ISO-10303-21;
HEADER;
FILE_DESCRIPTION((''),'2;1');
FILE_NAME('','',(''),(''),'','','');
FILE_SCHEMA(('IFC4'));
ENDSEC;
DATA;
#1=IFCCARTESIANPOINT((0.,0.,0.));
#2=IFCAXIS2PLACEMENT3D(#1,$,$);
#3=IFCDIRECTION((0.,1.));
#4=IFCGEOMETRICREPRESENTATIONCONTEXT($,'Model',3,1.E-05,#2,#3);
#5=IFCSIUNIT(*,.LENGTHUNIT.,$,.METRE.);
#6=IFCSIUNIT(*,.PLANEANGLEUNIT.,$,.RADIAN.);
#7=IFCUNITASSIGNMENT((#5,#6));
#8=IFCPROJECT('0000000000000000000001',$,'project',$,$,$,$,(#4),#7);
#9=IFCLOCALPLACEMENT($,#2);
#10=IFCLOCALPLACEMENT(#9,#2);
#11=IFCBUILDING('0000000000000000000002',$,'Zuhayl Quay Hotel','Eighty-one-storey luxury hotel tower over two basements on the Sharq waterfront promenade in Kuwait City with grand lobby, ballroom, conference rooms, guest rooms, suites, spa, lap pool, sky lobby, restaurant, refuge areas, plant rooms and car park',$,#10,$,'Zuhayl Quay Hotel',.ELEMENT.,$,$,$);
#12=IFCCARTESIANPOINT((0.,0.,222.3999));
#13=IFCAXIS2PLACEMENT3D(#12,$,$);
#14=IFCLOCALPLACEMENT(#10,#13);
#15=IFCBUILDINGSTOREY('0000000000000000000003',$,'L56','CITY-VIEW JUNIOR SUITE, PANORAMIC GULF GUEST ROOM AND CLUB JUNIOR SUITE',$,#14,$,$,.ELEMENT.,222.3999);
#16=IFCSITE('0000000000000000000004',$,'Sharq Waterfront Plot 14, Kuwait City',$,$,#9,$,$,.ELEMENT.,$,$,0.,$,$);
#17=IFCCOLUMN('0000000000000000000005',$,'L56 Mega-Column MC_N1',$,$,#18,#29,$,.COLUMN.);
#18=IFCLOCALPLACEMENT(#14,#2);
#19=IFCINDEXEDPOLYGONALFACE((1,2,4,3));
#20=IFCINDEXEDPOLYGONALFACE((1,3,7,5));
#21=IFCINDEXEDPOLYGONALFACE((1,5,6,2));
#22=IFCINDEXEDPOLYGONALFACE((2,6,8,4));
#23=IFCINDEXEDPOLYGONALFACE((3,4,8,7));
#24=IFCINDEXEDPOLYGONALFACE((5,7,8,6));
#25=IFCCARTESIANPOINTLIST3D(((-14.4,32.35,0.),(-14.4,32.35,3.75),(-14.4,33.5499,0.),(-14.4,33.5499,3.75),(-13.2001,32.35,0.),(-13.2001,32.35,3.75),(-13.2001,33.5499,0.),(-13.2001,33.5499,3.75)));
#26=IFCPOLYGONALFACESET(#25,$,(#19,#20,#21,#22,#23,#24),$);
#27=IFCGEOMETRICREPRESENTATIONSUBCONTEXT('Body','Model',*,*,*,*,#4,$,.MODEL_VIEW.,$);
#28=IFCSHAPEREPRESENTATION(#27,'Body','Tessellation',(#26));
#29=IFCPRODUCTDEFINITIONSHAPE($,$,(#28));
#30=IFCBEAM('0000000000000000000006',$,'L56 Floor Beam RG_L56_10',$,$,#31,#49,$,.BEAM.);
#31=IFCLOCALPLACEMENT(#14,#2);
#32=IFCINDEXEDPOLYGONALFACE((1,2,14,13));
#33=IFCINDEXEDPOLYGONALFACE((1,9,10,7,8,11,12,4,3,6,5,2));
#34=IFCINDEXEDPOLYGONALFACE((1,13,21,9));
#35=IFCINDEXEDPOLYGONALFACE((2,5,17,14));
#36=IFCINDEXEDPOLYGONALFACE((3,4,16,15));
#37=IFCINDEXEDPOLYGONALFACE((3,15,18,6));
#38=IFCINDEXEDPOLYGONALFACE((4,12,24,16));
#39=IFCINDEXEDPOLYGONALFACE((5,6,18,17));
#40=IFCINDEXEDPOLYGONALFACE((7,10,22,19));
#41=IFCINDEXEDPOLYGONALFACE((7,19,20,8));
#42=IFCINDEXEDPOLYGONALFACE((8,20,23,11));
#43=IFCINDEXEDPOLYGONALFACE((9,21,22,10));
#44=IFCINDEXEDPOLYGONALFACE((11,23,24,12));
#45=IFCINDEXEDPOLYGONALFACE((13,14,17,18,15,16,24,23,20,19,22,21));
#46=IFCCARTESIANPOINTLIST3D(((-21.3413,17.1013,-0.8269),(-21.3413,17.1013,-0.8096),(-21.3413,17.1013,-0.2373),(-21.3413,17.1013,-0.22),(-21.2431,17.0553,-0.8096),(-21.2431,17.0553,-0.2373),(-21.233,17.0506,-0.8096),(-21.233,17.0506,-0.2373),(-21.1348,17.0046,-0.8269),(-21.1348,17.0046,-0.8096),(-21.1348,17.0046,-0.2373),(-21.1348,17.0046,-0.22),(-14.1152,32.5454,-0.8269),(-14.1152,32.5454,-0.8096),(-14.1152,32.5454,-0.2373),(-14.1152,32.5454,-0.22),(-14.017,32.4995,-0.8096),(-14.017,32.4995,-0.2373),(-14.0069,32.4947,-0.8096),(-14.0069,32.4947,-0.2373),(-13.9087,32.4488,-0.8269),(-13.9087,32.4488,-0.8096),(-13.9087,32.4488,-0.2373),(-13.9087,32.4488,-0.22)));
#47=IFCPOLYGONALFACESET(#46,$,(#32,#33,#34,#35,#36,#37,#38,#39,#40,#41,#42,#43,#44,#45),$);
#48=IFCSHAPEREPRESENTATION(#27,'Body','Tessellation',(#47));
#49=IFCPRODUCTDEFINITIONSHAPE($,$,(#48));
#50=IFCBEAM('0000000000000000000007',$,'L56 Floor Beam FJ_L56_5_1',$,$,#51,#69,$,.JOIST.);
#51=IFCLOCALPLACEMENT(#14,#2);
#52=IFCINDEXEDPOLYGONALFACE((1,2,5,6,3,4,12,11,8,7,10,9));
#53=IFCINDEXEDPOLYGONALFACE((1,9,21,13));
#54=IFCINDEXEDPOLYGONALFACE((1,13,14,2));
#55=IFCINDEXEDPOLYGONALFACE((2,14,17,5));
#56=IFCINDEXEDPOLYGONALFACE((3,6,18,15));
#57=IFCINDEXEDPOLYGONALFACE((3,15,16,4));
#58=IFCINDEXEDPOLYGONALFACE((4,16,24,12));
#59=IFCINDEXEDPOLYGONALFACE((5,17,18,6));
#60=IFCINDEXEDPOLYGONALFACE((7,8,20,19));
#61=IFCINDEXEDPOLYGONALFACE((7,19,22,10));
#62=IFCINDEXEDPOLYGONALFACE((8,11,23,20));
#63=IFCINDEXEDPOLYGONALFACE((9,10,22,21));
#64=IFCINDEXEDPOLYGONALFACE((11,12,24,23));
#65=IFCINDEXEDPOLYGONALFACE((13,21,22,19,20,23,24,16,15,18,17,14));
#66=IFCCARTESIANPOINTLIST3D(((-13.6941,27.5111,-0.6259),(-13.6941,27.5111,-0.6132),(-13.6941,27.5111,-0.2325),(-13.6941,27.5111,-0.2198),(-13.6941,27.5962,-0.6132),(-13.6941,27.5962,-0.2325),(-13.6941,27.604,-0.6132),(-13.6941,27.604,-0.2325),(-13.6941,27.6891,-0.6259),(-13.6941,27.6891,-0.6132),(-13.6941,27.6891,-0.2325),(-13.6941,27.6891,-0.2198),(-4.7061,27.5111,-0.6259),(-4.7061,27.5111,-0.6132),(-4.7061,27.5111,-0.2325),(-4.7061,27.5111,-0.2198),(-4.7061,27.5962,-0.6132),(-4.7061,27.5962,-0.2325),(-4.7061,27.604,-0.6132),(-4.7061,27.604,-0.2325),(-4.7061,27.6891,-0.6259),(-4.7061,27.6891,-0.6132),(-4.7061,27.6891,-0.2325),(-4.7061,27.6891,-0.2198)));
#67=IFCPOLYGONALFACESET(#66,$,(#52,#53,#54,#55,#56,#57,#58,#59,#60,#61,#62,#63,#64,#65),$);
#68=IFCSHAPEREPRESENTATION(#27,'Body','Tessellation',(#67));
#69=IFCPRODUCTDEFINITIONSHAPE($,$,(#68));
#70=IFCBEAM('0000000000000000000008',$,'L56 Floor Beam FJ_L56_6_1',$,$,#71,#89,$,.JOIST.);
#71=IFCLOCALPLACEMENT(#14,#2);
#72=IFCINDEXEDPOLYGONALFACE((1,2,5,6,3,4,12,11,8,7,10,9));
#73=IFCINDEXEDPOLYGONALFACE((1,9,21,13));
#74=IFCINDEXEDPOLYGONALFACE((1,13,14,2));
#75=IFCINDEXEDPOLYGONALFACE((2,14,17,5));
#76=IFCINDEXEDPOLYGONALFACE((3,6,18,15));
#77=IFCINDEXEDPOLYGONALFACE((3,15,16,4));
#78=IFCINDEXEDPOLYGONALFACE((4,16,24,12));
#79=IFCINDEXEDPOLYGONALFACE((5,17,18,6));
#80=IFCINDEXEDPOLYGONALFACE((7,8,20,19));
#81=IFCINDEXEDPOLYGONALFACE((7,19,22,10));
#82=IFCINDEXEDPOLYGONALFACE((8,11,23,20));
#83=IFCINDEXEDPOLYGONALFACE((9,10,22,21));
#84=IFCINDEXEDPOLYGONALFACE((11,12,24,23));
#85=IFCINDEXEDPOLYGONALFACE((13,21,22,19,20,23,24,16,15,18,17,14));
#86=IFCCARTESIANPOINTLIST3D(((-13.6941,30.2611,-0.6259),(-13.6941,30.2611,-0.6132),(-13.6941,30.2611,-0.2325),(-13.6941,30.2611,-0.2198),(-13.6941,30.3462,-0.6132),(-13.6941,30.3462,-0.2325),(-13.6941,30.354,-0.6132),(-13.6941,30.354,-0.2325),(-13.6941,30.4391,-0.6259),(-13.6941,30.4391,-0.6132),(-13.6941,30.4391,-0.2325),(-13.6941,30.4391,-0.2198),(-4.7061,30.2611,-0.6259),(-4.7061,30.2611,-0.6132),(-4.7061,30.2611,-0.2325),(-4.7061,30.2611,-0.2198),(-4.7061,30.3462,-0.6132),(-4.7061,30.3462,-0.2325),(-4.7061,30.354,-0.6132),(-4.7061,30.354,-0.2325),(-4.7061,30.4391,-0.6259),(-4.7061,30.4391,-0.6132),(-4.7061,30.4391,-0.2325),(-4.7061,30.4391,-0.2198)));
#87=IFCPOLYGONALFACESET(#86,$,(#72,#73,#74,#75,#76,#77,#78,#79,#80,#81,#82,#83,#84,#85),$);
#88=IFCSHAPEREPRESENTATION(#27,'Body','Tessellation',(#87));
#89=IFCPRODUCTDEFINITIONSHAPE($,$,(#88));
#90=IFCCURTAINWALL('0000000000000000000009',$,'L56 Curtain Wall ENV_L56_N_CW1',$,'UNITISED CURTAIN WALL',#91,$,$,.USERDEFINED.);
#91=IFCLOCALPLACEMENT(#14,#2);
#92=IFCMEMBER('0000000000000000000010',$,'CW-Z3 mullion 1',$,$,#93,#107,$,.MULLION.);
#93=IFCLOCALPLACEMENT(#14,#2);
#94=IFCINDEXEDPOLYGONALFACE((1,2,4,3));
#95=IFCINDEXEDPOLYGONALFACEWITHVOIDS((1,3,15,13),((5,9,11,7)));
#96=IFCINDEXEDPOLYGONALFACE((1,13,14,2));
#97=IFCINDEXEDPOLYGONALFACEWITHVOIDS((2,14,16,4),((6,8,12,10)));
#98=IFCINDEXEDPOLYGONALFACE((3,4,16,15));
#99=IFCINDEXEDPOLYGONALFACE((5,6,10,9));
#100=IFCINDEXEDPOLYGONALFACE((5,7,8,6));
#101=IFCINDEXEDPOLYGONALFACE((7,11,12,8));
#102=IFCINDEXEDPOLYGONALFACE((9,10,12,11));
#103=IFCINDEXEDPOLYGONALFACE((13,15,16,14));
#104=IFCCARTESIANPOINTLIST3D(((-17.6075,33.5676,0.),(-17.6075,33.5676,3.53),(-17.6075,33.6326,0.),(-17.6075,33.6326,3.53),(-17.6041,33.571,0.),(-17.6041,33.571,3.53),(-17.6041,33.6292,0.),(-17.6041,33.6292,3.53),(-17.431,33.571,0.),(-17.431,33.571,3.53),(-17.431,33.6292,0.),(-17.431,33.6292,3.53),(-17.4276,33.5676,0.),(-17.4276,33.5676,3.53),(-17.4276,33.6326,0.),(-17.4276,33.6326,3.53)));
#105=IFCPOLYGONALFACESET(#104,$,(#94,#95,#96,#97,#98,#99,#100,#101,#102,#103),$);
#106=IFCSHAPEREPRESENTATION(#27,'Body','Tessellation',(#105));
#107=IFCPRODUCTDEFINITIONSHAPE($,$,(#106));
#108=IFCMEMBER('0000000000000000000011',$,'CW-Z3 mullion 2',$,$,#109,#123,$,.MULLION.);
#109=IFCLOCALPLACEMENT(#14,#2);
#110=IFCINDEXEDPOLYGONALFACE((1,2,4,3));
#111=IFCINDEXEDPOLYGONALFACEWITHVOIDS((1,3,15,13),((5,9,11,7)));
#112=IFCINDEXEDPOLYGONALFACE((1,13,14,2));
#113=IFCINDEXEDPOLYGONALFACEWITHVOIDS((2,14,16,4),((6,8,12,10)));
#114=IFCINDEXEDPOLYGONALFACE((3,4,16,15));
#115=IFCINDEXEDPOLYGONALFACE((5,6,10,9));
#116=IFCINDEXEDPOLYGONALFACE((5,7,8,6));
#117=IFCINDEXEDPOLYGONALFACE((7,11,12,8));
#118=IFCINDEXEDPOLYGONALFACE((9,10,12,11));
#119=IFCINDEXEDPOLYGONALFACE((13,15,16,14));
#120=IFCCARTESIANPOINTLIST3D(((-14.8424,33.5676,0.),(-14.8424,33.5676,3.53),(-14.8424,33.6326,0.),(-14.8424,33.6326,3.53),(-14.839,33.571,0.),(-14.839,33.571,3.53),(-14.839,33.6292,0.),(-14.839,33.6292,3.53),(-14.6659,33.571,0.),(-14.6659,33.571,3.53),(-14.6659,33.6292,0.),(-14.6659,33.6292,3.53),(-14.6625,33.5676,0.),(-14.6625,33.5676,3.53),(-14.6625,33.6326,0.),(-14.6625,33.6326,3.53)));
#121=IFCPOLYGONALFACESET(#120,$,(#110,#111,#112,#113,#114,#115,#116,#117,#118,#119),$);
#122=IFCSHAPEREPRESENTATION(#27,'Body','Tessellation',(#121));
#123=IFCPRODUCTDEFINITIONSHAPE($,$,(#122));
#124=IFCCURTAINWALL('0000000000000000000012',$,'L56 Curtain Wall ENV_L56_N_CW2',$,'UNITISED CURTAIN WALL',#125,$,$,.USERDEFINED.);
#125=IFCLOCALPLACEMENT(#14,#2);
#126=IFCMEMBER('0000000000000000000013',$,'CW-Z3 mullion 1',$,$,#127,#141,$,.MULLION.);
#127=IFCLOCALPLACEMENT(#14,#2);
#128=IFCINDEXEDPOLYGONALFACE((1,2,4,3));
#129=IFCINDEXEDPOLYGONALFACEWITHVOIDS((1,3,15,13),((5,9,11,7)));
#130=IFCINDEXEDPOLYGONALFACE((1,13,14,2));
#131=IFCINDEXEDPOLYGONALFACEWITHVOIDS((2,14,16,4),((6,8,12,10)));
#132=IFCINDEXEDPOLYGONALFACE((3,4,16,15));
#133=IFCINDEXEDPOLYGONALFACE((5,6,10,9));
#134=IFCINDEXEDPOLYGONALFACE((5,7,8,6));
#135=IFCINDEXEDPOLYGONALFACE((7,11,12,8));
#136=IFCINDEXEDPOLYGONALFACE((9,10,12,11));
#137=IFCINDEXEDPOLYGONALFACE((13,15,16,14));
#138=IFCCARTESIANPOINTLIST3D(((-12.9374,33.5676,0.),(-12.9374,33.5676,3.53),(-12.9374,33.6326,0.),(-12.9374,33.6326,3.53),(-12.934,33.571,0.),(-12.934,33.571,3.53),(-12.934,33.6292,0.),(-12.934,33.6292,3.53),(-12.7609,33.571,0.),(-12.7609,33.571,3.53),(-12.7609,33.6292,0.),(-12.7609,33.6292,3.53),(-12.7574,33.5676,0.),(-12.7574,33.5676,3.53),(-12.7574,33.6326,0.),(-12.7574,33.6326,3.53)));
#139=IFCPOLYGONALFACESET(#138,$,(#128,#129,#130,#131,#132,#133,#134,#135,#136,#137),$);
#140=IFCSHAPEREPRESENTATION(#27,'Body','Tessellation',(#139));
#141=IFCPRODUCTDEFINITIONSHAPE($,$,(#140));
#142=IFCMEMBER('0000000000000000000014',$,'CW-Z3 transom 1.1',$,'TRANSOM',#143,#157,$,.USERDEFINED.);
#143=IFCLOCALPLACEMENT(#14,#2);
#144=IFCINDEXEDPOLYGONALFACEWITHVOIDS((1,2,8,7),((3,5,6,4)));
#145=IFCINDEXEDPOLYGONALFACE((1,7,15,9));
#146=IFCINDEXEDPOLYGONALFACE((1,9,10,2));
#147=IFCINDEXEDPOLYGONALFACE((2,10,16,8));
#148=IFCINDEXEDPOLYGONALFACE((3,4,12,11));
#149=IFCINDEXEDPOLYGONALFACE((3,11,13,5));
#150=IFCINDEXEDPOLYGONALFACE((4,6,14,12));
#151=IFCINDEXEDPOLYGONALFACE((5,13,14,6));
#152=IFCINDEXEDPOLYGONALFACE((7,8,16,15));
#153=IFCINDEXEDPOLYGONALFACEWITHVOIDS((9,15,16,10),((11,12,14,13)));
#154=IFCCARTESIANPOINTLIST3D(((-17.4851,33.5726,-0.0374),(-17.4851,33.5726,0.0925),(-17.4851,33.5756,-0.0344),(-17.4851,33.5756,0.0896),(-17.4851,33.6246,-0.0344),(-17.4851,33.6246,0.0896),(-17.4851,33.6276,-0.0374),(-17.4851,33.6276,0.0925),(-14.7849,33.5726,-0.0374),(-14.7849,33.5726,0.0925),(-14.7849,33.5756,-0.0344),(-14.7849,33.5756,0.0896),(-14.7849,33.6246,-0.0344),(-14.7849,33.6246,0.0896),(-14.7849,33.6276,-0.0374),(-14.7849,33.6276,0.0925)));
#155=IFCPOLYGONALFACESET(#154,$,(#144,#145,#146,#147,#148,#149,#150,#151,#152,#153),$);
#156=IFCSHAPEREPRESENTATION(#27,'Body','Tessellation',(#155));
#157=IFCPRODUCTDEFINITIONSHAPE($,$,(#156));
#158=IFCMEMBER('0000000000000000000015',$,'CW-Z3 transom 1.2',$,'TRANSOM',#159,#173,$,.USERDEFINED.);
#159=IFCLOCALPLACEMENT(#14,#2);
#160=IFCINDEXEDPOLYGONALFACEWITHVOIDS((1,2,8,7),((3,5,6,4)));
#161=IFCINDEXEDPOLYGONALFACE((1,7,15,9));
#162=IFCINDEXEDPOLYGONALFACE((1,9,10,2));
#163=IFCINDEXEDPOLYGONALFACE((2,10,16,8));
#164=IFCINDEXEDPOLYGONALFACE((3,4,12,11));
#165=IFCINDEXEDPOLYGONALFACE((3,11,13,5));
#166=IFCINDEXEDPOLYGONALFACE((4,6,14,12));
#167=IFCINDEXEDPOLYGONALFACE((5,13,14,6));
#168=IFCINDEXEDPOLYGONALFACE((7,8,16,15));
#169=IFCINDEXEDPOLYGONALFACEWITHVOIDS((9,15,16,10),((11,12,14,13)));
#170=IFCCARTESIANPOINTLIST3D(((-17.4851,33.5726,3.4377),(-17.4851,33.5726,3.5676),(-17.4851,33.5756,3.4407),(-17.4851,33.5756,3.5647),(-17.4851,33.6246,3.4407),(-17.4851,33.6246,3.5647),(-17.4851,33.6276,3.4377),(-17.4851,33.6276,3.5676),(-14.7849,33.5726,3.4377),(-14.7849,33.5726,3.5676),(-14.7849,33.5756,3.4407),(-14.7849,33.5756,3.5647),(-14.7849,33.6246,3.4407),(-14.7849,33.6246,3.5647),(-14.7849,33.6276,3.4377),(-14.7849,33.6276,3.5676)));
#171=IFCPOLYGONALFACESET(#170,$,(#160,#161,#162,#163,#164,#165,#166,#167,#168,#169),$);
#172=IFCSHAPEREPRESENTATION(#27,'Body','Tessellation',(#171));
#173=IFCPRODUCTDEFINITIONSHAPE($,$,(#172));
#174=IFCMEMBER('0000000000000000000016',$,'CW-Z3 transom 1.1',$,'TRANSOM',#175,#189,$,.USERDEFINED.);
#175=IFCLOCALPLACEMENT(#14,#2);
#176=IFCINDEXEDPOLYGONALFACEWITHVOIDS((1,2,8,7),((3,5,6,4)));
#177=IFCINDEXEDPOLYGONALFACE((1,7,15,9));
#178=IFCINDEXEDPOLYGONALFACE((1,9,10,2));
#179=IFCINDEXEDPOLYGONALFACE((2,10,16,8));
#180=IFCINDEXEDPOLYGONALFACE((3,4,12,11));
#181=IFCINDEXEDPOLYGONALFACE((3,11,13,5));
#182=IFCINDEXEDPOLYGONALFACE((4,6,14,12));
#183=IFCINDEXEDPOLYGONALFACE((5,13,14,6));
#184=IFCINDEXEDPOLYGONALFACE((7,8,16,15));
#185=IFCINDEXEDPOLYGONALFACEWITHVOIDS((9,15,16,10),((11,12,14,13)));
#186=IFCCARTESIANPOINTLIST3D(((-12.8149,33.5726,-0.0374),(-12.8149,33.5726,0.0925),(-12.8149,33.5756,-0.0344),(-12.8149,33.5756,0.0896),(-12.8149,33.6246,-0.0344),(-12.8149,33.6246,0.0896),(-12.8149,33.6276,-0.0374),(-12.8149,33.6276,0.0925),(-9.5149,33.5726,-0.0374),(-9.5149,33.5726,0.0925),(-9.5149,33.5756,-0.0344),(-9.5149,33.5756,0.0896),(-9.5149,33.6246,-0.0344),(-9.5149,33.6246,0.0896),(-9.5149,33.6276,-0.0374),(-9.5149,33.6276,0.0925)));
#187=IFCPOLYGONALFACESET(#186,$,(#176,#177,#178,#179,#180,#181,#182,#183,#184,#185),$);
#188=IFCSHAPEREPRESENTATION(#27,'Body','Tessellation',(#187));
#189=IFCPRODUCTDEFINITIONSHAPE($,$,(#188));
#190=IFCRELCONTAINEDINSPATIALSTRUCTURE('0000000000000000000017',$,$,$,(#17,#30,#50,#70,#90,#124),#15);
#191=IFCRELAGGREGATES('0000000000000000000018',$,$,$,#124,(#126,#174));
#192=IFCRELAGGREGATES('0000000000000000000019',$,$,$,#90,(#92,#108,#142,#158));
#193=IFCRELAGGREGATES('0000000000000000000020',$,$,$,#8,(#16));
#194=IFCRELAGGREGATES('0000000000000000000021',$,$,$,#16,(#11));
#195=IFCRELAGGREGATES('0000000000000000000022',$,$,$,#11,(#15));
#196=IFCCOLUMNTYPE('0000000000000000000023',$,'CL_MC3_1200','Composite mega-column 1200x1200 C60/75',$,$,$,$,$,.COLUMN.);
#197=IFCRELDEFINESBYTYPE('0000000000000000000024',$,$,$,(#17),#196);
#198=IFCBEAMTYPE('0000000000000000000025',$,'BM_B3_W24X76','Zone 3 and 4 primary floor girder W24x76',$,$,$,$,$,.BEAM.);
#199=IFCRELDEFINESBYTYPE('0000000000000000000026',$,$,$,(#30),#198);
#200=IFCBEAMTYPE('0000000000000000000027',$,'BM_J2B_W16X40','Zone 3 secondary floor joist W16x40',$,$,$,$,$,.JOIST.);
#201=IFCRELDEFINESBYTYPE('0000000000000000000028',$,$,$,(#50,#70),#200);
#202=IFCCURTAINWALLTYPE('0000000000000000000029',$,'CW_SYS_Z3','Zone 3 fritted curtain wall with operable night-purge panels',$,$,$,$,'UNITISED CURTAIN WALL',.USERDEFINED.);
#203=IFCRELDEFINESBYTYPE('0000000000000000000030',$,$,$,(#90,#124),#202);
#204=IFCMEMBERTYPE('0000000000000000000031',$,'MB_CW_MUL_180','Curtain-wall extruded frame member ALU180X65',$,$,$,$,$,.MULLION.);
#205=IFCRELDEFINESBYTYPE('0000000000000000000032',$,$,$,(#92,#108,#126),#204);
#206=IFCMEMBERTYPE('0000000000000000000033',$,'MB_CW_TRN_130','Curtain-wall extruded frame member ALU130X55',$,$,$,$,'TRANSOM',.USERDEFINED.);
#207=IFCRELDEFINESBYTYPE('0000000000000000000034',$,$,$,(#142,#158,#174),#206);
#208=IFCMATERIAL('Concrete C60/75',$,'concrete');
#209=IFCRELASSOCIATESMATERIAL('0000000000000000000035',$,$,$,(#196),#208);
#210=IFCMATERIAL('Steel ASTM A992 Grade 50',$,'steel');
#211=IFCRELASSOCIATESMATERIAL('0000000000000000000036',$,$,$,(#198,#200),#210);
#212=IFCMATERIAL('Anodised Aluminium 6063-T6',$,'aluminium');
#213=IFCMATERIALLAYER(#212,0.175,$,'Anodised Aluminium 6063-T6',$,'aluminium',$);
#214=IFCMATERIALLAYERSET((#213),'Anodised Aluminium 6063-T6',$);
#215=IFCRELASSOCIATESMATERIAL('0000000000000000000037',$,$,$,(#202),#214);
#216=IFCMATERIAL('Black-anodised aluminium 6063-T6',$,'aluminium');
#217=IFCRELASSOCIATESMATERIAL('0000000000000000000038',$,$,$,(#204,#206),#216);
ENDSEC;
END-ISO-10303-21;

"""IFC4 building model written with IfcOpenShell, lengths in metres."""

from ifc_helpers import new_model, si_unit, direction, frame, origin, origin_2d, place, context, subcontext, project, spatial, rectangle, hollow_rectangle, i_section, extrude, material, layer, layer_set, material_profile, profile_set, type_object, element, aggregate, save


model = new_model("IFC4")

# Units and contexts
model_context = context("Model", 3, precision=1e-05, world=origin(), true_north=direction((0.0, 1.0)))
body_context = subcontext(model_context, "Body", "Model", "MODEL_VIEW")
ifc_project = project(units=[si_unit("LENGTHUNIT", "METRE"), si_unit("PLANEANGLEUNIT", "RADIAN")], contexts=[model_context])

# Site, building, storey
site_placement = place(None, origin())
site = spatial("IfcSite", under=ifc_project, at=site_placement, Name="Sharq Waterfront Plot 14, Kuwait City", CompositionType="ELEMENT", RefElevation=0.0)
building_placement = place(site_placement, origin())
building = spatial("IfcBuilding", under=site, at=building_placement, Name="Zuhayl Quay Hotel", Description="Eighty-one-storey luxury hotel tower over two basements on the Sharq waterfront promenade in Kuwait City with grand lobby, ballroom, conference rooms, guest rooms, suites, spa, lap pool, sky lobby, restaurant, refuge areas, plant rooms and car park", LongName="Zuhayl Quay Hotel", CompositionType="ELEMENT")
storey_placement = place(building_placement, frame((0.0, 0.0, 222.3999)))
storey = spatial("IfcBuildingStorey", under=building, at=storey_placement, Name="L56", Description="CITY-VIEW JUNIOR SUITE, PANORAMIC GULF GUEST ROOM AND CLUB JUNIOR SUITE", CompositionType="ELEMENT", Elevation=222.3999)

# Column
ifc_material_1 = material(Name="Concrete C60/75", Category="concrete")
ifc_material_profile_1 = material_profile(ifc_material_1, rectangle(XDim=1.2, YDim=1.2, at=origin_2d()), Name="RC1200X1200")
ifc_profile_set_1 = profile_set([ifc_material_profile_1], Name="Concrete C60/75")
column_type = type_object("IfcColumnType", Name="CL_MC3_1200", Description="Composite mega-column 1200x1200 C60/75", PredefinedType="COLUMN", material=ifc_profile_set_1)
column_placement = place(storey_placement, frame((-13.8, 32.95, 0.0), z_axis=(0.0, 0.0, 1.0), x_axis=(1.0, 0.0, 0.0)))
element("IfcColumn", 1, at=column_placement, inside=storey, type_object=column_type, Name="L56 Mega-Column MC_N1", PredefinedType="COLUMN", context=body_context, shape_type="SweptSolid", body=[
    extrude(rectangle(XDim=1.2, YDim=1.2, at=origin_2d()), origin(), (0.0, 0.0, 1.0), 3.75),
])

# Beams
ifc_material_2 = material(Name="Steel ASTM A992 Grade 50", Category="steel")
ifc_material_profile_2 = material_profile(ifc_material_2, i_section(OverallWidth=0.228, OverallDepth=0.6069, WebThickness=0.0112, FlangeThickness=0.0173, at=origin_2d()), Name="W24X76")
ifc_profile_set_2 = profile_set([ifc_material_profile_2], Name="Steel ASTM A992 Grade 50")
beam_type_1 = type_object("IfcBeamType", Name="BM_B3_W24X76", Description="Zone 3 and 4 primary floor girder W24x76", PredefinedType="BEAM", material=ifc_profile_set_2)
beam_placement = place(storey_placement, frame((-14.012, 32.4971, -0.5234), z_axis=(-0.423792, -0.905759, 0.0), x_axis=(0.905759, -0.423792, 0.0)))
element("IfcBeam", 2, at=beam_placement, inside=storey, type_object=beam_type_1, Name="L56 Floor Beam RG_L56_10", PredefinedType="BEAM", context=body_context, shape_type="SweptSolid", body=[
    extrude(i_section(OverallWidth=0.228, OverallDepth=0.6069, WebThickness=0.0112, FlangeThickness=0.0173, at=origin_2d()), origin(), (0.0, 0.0, 1.0), 17.051),
])
ifc_material_profile_3 = material_profile(ifc_material_2, i_section(OverallWidth=0.178, OverallDepth=0.406, WebThickness=0.0078, FlangeThickness=0.0127, at=origin_2d()), Name="W16X40")
ifc_profile_set_3 = profile_set([ifc_material_profile_3], Name="Steel ASTM A992 Grade 50")
beam_type_2 = type_object("IfcBeamType", Name="BM_J2B_W16X40", Description="Zone 3 secondary floor joist W16x40", PredefinedType="JOIST", material=ifc_profile_set_3)
for number, where, z_axis, x_axis, name in (
    (3, (-13.6941, 27.6001, -0.4229), (1.0, 0.0, 0.0), (0.0, 1.0, 0.0), "L56 Floor Beam FJ_L56_5_1"),
    (4, (-13.6941, 30.3501, -0.4229), (1.0, 0.0, 0.0), (0.0, 1.0, 0.0), "L56 Floor Beam FJ_L56_6_1"),
):
    element("IfcBeam", number, at=place(storey_placement, frame(where, z_axis=z_axis, x_axis=x_axis)), inside=storey, type_object=beam_type_2, Name=name, PredefinedType="JOIST", context=body_context, shape_type="SweptSolid", body=[
        extrude(i_section(OverallWidth=0.178, OverallDepth=0.406, WebThickness=0.0078, FlangeThickness=0.0127, at=origin_2d()), origin(), (0.0, 0.0, 1.0), 8.988),
    ])

# Curtain wall, members
ifc_material_3 = material(Name="Anodised Aluminium 6063-T6", Category="aluminium")
ifc_layer_1 = layer(ifc_material_3, 0.175, Name="Anodised Aluminium 6063-T6", Category="aluminium")
ifc_layer_set_1 = layer_set([ifc_layer_1], Name="Anodised Aluminium 6063-T6")
curtain_wall_type = type_object("IfcCurtainWallType", Name="CW_SYS_Z3", Description="Zone 3 fritted curtain wall with operable night-purge panels", ElementType="UNITISED CURTAIN WALL", PredefinedType="USERDEFINED", material=ifc_layer_set_1)
curtain_wall_1_placement = place(storey_placement, origin())
curtain_wall_1 = element("IfcCurtainWall", 5, at=curtain_wall_1_placement, inside=storey, type_object=curtain_wall_type, Name="L56 Curtain Wall ENV_L56_N_CW1", ObjectType="UNITISED CURTAIN WALL", PredefinedType="USERDEFINED")
ifc_material_4 = material(Name="Black-anodised aluminium 6063-T6", Category="aluminium")
ifc_material_profile_4 = material_profile(ifc_material_4, hollow_rectangle(XDim=0.0649, YDim=0.1799, WallThickness=0.0034, at=origin_2d()), Name="ALU180X65")
ifc_profile_set_4 = profile_set([ifc_material_profile_4], Name="Black-anodised aluminium 6063-T6")
member_type_1 = type_object("IfcMemberType", Name="MB_CW_MUL_180", Description="Curtain-wall extruded frame member ALU180X65", PredefinedType="MULLION", material=ifc_profile_set_4)
member_1_placement = place(storey_placement, frame((-17.5176, 33.6001, 0.0), z_axis=(0.0, 0.0, 1.0), x_axis=(0.0, 1.0, 0.0)))
member_1 = element("IfcMember", 6, at=member_1_placement, type_object=member_type_1, Name="CW-Z3 mullion 1", PredefinedType="MULLION", context=body_context, shape_type="SweptSolid", body=[
    extrude(hollow_rectangle(XDim=0.0649, YDim=0.1799, WallThickness=0.0034, at=origin_2d()), origin(), (0.0, 0.0, 1.0), 3.53),
])
member_2_placement = place(storey_placement, frame((-14.7524, 33.6001, 0.0), z_axis=(0.0, 0.0, 1.0), x_axis=(0.0, 1.0, 0.0)))
member_2 = element("IfcMember", 7, at=member_2_placement, type_object=member_type_1, Name="CW-Z3 mullion 2", PredefinedType="MULLION", context=body_context, shape_type="SweptSolid", body=[
    extrude(hollow_rectangle(XDim=0.0649, YDim=0.1799, WallThickness=0.0034, at=origin_2d()), origin(), (0.0, 0.0, 1.0), 3.53),
])

# Curtain wall, member
curtain_wall_2_placement = place(storey_placement, origin())
curtain_wall_2 = element("IfcCurtainWall", 8, at=curtain_wall_2_placement, inside=storey, type_object=curtain_wall_type, Name="L56 Curtain Wall ENV_L56_N_CW2", ObjectType="UNITISED CURTAIN WALL", PredefinedType="USERDEFINED")
member_3_placement = place(storey_placement, frame((-12.8474, 33.6001, 0.0), z_axis=(0.0, 0.0, 1.0), x_axis=(0.0, 1.0, 0.0)))
member_3 = element("IfcMember", 9, at=member_3_placement, type_object=member_type_1, Name="CW-Z3 mullion 1", PredefinedType="MULLION", context=body_context, shape_type="SweptSolid", body=[
    extrude(hollow_rectangle(XDim=0.0649, YDim=0.1799, WallThickness=0.0034, at=origin_2d()), origin(), (0.0, 0.0, 1.0), 3.53),
])

# Members
ifc_material_profile_5 = material_profile(ifc_material_4, hollow_rectangle(XDim=0.0549, YDim=0.1299, WallThickness=0.0029, at=origin_2d()), Name="ALU130X55")
ifc_profile_set_5 = profile_set([ifc_material_profile_5], Name="Black-anodised aluminium 6063-T6")
member_type_2 = type_object("IfcMemberType", Name="MB_CW_TRN_130", Description="Curtain-wall extruded frame member ALU130X55", ElementType="TRANSOM", PredefinedType="USERDEFINED", material=ifc_profile_set_5)
member_4_placement = place(storey_placement, frame((-17.4851, 33.6001, 0.0276), z_axis=(1.0, 0.0, 0.0), x_axis=(0.0, 1.0, 0.0)))
member_4 = element("IfcMember", 10, at=member_4_placement, type_object=member_type_2, Name="CW-Z3 transom 1.1", ObjectType="TRANSOM", PredefinedType="USERDEFINED", context=body_context, shape_type="SweptSolid", body=[
    extrude(hollow_rectangle(XDim=0.0549, YDim=0.1299, WallThickness=0.0029, at=origin_2d()), origin(), (0.0, 0.0, 1.0), 2.7002),
])
member_5_placement = place(storey_placement, frame((-17.4851, 33.6001, 3.5027), z_axis=(1.0, 0.0, 0.0), x_axis=(0.0, 1.0, 0.0)))
member_5 = element("IfcMember", 11, at=member_5_placement, type_object=member_type_2, Name="CW-Z3 transom 1.2", ObjectType="TRANSOM", PredefinedType="USERDEFINED", context=body_context, shape_type="SweptSolid", body=[
    extrude(hollow_rectangle(XDim=0.0549, YDim=0.1299, WallThickness=0.0029, at=origin_2d()), origin(), (0.0, 0.0, 1.0), 2.7002),
])
member_6_placement = place(storey_placement, frame((-12.8149, 33.6001, 0.0276), z_axis=(1.0, 0.0, 0.0), x_axis=(0.0, 1.0, 0.0)))
member_6 = element("IfcMember", 12, at=member_6_placement, type_object=member_type_2, Name="CW-Z3 transom 1.1", ObjectType="TRANSOM", PredefinedType="USERDEFINED", context=body_context, shape_type="SweptSolid", body=[
    extrude(hollow_rectangle(XDim=0.0549, YDim=0.1299, WallThickness=0.0029, at=origin_2d()), origin(), (0.0, 0.0, 1.0), 3.3),
])
aggregate(curtain_wall_2, [member_3, member_6])

aggregate(curtain_wall_1, [member_1, member_2, member_4, member_5])

save(model, "model.ifc")
